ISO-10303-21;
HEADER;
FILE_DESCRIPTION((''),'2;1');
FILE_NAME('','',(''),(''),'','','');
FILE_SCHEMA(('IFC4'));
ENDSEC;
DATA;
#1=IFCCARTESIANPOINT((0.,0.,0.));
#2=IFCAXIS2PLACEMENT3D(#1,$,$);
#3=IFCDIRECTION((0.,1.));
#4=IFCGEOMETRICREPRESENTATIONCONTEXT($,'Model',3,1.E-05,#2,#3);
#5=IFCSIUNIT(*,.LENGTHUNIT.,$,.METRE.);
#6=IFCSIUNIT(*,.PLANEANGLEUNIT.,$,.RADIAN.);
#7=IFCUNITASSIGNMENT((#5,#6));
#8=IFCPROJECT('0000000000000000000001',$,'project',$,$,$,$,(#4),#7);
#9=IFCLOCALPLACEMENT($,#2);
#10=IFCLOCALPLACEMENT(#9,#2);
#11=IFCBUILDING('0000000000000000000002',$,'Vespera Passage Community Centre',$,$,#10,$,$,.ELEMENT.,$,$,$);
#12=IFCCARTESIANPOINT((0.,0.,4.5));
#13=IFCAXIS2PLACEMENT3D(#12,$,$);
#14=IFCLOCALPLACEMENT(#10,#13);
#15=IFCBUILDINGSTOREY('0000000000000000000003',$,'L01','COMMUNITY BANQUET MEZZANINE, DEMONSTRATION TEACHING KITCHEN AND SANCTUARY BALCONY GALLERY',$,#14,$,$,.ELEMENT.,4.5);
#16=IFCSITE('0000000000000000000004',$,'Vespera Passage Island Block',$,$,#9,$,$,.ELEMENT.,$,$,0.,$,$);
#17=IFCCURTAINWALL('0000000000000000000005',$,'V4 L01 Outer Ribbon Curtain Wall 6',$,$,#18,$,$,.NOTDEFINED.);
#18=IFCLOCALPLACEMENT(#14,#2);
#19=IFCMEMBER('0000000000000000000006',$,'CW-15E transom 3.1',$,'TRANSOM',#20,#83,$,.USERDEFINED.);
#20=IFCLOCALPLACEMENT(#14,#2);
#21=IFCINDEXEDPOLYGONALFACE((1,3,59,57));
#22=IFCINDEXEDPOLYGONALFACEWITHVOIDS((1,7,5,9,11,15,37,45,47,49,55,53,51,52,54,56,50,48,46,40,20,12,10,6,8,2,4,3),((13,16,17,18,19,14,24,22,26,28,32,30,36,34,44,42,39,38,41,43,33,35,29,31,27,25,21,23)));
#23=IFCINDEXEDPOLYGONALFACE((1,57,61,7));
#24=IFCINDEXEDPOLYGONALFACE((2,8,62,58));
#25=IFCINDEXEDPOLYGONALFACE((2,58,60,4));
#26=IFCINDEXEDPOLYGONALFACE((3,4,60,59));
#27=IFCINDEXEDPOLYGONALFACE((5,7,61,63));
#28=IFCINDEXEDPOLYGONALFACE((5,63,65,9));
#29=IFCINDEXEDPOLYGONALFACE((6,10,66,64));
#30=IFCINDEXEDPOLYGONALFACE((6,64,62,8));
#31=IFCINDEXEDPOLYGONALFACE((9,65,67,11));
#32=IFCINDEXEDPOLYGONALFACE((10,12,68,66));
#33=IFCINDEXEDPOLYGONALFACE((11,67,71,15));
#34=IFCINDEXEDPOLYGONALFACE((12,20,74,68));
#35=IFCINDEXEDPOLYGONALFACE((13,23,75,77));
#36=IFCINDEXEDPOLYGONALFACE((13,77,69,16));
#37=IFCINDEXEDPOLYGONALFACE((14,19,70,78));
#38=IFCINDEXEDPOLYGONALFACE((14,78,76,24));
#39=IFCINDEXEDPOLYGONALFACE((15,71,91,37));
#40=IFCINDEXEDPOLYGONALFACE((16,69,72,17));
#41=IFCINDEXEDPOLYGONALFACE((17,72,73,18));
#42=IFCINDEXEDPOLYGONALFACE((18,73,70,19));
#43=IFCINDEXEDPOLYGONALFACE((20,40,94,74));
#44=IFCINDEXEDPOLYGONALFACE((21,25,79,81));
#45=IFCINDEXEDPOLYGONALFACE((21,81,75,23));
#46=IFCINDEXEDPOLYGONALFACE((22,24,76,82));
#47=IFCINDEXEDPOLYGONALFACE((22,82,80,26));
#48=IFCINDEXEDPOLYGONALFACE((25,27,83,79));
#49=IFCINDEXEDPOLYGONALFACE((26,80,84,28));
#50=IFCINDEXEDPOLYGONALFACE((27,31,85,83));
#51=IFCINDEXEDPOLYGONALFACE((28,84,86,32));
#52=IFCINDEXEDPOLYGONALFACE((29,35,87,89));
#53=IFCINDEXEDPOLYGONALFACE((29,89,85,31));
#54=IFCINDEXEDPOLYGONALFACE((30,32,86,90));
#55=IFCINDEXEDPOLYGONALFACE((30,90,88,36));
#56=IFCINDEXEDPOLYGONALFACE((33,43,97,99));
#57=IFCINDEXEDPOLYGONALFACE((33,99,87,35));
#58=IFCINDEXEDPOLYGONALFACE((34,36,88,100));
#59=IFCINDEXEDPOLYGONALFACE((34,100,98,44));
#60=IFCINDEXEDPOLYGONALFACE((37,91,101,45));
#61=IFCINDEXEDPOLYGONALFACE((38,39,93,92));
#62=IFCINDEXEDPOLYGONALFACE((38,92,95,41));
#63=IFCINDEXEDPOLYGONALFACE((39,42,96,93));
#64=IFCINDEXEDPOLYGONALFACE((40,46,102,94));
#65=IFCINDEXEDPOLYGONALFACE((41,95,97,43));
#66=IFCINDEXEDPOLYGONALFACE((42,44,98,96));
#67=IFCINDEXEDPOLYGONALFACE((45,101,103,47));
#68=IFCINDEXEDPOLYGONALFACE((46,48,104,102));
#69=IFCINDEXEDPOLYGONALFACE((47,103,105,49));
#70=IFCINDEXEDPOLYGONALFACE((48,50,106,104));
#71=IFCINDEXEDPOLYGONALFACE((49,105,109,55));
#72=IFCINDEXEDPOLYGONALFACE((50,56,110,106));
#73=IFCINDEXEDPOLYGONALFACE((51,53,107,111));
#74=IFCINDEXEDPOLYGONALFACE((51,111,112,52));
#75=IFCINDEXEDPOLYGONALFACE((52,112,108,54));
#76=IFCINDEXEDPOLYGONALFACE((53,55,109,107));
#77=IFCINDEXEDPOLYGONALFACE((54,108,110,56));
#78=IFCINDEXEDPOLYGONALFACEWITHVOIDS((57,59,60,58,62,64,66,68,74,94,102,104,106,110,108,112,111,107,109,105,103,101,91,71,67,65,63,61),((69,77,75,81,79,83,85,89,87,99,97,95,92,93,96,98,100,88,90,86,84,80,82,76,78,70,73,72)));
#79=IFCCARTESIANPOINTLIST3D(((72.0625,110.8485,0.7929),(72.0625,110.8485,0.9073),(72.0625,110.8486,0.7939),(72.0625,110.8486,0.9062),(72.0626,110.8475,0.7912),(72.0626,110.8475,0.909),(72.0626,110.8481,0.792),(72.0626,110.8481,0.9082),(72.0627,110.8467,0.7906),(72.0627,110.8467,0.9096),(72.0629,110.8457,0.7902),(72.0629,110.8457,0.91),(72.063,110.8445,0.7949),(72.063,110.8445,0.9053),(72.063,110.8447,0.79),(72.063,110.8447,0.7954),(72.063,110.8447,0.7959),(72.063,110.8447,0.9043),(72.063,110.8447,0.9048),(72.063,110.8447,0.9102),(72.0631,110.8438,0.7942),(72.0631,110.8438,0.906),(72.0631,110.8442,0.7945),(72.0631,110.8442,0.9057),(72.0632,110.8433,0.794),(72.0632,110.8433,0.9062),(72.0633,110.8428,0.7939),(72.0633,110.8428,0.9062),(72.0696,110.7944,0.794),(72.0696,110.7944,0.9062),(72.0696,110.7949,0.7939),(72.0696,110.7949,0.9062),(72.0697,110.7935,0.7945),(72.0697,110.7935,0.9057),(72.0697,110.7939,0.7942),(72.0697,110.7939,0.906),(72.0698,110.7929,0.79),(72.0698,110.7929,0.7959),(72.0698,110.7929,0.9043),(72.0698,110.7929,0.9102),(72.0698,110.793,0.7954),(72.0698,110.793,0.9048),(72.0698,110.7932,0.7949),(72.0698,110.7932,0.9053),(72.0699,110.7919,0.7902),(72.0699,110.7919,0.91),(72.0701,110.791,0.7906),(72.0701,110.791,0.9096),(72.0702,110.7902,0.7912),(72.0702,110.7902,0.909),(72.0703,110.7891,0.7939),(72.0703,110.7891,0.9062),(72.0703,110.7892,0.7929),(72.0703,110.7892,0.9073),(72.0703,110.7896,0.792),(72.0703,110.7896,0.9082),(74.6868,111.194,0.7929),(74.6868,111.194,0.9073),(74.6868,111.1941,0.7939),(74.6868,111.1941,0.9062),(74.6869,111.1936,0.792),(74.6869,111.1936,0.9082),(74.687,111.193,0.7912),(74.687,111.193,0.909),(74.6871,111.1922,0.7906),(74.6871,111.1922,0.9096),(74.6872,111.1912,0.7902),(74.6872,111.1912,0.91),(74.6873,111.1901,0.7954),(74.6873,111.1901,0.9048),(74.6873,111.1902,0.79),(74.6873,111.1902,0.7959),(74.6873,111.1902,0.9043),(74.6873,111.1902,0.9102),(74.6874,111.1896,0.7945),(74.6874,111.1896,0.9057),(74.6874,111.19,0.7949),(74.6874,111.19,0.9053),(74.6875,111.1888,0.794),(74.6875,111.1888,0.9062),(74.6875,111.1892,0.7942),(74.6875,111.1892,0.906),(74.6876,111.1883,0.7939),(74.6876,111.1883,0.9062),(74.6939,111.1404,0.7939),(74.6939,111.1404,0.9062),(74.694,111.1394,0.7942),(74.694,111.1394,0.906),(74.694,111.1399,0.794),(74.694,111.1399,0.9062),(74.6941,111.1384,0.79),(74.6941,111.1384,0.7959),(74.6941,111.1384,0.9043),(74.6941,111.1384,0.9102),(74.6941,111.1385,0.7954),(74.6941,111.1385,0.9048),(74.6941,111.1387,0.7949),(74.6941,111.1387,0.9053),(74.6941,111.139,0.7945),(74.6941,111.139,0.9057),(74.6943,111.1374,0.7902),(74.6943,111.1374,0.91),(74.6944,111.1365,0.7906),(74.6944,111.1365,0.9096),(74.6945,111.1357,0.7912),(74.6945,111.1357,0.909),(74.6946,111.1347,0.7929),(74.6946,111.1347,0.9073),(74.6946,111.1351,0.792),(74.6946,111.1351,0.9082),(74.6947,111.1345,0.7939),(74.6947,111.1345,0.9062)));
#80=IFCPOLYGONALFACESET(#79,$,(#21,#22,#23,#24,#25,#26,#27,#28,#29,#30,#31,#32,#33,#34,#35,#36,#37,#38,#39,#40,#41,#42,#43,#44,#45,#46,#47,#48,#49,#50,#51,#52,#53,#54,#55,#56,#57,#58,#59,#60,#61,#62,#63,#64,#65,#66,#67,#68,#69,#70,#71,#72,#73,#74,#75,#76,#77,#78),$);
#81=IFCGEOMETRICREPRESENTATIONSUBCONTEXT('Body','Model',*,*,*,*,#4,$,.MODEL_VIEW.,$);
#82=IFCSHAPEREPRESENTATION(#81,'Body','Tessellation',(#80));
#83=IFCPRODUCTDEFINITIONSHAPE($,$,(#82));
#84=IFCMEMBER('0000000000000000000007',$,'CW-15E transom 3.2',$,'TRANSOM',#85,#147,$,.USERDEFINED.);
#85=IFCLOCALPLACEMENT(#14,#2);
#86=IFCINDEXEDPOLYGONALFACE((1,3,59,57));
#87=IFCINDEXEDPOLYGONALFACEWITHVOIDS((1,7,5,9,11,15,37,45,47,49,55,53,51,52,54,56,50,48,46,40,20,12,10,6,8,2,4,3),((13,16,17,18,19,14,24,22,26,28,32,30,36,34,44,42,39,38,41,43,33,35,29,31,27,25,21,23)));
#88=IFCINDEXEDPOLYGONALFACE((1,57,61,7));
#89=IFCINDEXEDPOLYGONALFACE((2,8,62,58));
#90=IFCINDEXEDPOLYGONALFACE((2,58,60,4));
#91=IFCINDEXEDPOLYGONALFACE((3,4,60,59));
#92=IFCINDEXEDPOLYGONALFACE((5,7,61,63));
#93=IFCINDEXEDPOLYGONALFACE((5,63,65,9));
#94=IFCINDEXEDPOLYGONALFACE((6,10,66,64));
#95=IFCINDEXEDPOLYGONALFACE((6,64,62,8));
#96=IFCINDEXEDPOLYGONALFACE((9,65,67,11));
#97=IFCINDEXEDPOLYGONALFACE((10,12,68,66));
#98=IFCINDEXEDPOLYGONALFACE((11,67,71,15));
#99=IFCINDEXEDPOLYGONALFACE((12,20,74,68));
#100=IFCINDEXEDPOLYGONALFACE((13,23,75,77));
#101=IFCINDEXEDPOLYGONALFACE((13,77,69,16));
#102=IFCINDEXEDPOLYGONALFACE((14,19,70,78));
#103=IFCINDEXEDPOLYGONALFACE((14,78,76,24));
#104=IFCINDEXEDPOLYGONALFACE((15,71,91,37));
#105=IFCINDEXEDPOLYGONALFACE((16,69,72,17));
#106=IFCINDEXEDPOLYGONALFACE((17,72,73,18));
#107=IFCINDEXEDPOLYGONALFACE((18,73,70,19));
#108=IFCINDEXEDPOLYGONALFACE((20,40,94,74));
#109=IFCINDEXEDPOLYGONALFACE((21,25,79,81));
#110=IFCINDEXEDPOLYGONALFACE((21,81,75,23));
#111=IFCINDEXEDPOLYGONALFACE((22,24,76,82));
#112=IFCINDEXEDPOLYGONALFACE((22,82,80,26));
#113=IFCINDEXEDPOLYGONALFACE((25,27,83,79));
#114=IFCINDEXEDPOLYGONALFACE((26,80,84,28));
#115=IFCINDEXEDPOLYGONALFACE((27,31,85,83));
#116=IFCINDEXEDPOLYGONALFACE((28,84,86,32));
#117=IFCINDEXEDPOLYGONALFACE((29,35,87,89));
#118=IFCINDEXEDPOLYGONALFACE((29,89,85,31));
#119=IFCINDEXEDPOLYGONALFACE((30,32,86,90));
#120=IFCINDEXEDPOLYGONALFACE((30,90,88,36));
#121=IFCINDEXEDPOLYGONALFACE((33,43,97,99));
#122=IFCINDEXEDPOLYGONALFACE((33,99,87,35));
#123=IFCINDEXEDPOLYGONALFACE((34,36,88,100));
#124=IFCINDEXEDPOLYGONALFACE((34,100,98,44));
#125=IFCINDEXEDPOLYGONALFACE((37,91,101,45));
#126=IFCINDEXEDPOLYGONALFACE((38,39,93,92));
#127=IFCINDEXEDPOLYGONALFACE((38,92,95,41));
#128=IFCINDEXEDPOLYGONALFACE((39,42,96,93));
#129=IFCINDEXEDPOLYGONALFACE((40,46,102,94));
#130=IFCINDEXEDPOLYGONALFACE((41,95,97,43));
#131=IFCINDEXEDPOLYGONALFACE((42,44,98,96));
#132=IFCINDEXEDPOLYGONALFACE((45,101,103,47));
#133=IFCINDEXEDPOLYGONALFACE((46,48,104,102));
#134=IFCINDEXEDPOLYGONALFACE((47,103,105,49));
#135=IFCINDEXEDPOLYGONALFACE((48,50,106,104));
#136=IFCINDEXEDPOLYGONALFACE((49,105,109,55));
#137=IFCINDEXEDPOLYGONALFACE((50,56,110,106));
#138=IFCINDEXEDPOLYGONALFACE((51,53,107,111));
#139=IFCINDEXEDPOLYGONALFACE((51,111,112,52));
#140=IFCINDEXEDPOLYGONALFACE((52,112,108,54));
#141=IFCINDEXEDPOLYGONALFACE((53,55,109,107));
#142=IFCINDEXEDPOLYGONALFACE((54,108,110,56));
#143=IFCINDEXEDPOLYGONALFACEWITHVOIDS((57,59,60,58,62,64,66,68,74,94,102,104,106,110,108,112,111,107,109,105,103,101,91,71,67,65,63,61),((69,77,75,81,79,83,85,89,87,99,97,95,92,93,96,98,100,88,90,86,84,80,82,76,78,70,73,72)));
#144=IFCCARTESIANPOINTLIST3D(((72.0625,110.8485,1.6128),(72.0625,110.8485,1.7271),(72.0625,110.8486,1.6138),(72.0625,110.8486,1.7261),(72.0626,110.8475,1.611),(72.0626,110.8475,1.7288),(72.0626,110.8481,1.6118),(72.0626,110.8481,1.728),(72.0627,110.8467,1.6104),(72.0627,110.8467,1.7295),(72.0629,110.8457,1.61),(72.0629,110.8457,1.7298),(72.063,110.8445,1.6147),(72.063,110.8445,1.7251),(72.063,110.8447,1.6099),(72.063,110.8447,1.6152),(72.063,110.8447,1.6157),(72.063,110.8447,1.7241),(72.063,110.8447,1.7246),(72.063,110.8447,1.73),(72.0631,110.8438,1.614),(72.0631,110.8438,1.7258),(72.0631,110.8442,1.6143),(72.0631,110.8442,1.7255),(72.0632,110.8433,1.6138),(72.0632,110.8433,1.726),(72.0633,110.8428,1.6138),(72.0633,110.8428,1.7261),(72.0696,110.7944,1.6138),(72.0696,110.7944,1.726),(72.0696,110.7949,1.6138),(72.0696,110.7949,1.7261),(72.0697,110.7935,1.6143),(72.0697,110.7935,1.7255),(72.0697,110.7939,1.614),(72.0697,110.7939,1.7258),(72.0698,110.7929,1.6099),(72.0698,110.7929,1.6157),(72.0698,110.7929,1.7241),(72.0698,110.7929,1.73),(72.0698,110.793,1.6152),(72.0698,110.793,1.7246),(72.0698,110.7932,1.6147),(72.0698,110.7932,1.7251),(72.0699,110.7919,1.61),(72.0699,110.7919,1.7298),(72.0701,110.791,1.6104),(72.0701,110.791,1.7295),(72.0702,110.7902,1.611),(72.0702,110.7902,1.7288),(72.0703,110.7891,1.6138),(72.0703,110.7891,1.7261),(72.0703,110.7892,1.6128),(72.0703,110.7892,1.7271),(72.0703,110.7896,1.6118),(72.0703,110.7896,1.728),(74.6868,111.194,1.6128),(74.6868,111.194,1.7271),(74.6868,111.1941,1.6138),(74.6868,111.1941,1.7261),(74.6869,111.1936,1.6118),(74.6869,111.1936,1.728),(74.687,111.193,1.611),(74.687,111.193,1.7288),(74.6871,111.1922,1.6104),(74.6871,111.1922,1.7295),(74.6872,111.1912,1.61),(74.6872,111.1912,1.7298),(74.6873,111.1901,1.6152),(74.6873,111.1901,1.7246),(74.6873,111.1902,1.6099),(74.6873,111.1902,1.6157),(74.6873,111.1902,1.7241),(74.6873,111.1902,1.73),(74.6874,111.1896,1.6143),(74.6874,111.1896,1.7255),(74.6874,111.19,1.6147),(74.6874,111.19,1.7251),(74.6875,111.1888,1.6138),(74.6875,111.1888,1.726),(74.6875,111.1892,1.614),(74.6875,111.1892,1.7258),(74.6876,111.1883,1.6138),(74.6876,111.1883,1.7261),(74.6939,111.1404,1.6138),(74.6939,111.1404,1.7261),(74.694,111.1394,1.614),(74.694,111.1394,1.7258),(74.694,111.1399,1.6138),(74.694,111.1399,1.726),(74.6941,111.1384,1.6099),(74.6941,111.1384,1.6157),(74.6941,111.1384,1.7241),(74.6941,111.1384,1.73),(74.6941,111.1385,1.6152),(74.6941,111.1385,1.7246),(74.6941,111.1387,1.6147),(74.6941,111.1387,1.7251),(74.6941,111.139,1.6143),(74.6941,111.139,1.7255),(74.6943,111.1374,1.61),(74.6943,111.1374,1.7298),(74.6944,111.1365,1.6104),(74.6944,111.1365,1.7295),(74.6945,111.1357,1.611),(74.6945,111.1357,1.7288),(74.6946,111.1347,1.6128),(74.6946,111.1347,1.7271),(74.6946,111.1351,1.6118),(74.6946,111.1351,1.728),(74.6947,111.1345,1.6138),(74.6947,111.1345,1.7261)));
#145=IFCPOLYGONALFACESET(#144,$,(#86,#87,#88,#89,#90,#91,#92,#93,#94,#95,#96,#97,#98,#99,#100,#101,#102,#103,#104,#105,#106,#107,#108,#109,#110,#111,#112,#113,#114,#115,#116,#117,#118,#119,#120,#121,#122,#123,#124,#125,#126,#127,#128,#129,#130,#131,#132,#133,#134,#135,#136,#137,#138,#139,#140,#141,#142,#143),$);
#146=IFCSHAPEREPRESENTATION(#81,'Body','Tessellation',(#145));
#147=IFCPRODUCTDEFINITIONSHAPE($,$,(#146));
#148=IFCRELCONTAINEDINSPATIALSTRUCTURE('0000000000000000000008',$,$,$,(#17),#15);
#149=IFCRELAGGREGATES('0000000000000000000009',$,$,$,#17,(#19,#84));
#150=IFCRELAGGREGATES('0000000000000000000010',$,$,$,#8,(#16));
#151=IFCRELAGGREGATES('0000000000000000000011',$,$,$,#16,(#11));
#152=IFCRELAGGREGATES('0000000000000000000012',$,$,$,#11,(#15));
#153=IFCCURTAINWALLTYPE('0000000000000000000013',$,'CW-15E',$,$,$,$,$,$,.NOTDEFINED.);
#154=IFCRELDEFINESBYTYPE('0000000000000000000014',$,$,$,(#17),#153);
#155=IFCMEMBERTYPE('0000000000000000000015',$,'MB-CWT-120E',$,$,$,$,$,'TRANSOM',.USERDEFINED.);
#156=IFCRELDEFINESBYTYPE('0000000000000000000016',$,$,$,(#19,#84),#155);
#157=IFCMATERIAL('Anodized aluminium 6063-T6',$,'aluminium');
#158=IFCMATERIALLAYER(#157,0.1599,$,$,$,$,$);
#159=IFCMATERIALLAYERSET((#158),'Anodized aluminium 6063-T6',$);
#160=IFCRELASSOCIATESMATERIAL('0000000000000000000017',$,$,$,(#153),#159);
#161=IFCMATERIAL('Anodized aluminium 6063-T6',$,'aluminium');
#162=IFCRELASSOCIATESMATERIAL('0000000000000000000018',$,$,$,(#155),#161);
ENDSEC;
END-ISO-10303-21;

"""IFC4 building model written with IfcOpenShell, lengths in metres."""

from ifc_helpers import new_model, si_unit, direction, frame, origin, origin_2d, place, context, subcontext, project, spatial, hollow_rectangle, extrude, material, layer, layer_set, material_profile, profile_set, type_object, element, aggregate, save


model = new_model("IFC4")

# Units and contexts
model_context = context("Model", 3, precision=1e-05, world=origin(), true_north=direction((0.0, 1.0)))
body_context = subcontext(model_context, "Body", "Model", "MODEL_VIEW")
ifc_project = project(units=[si_unit("LENGTHUNIT", "METRE"), si_unit("PLANEANGLEUNIT", "RADIAN")], contexts=[model_context])

# Site, building, storey
site_placement = place(None, origin())
site = spatial("IfcSite", under=ifc_project, at=site_placement, Name="Vespera Passage Island Block", CompositionType="ELEMENT", RefElevation=0.0)
building_placement = place(site_placement, origin())
building = spatial("IfcBuilding", under=site, at=building_placement, Name="Vespera Passage Community Centre", CompositionType="ELEMENT")
storey_placement = place(building_placement, frame((0.0, 0.0, 4.5)))
storey = spatial("IfcBuildingStorey", under=building, at=storey_placement, Name="L01", Description="COMMUNITY BANQUET MEZZANINE, DEMONSTRATION TEACHING KITCHEN AND SANCTUARY BALCONY GALLERY", CompositionType="ELEMENT", Elevation=4.5)

# Curtain wall, members
ifc_material_1 = material(Name="Anodized aluminium 6063-T6", Category="aluminium")
ifc_layer_1 = layer(ifc_material_1, 0.1599)
ifc_layer_set_1 = layer_set([ifc_layer_1], Name="Anodized aluminium 6063-T6")
curtain_wall_type = type_object("IfcCurtainWallType", Name="CW-15E", PredefinedType="NOTDEFINED", material=ifc_layer_set_1)
curtain_wall_placement = place(storey_placement, origin())
curtain_wall = element("IfcCurtainWall", 1, at=curtain_wall_placement, inside=storey, type_object=curtain_wall_type, Name="V4 L01 Outer Ribbon Curtain Wall 6", PredefinedType="NOTDEFINED")
ifc_material_2 = material(Name="Anodized aluminium 6063-T6", Category="aluminium")
ifc_material_profile_1 = material_profile(ifc_material_2, hollow_rectangle(XDim=0.0601, YDim=0.1201, WallThickness=0.0039, InnerFilletRadius=0.002, OuterFilletRadius=0.0039, at=origin_2d()), Name="ALU120X60X4")
ifc_profile_set_1 = profile_set([ifc_material_profile_1], Name="Anodized aluminium 6063-T6")
member_type_1 = type_object("IfcMemberType", Name="MB-CWT-120E", ElementType="TRANSOM", PredefinedType="USERDEFINED", material=ifc_profile_set_1)
member_1_placement = place(storey_placement, frame((72.0664, 110.8188, 0.8501), z_axis=(0.991446, 0.130514, 0.0), x_axis=(-0.130514, 0.991446, 0.0)))
member_1 = element("IfcMember", 2, at=member_1_placement, type_object=member_type_1, Name="CW-15E transom 3.1", ObjectType="TRANSOM", PredefinedType="USERDEFINED", context=body_context, shape_type="SweptSolid", body=[
    extrude(hollow_rectangle(XDim=0.0601, YDim=0.1201, WallThickness=0.0039, InnerFilletRadius=0.002, OuterFilletRadius=0.0039, at=origin_2d()), origin(), (0.0, 0.0, 1.0), 2.647),
])
member_2_placement = place(storey_placement, frame((72.0664, 110.8188, 1.6699), z_axis=(0.991446, 0.130514, 0.0), x_axis=(-0.130514, 0.991446, 0.0)))
member_2 = element("IfcMember", 3, at=member_2_placement, type_object=member_type_1, Name="CW-15E transom 3.2", ObjectType="TRANSOM", PredefinedType="USERDEFINED", context=body_context, shape_type="SweptSolid", body=[
    extrude(hollow_rectangle(XDim=0.0601, YDim=0.1201, WallThickness=0.0039, InnerFilletRadius=0.002, OuterFilletRadius=0.0039, at=origin_2d()), origin(), (0.0, 0.0, 1.0), 2.647),
])
aggregate(curtain_wall, [member_1, member_2])

save(model, "model.ifc")
